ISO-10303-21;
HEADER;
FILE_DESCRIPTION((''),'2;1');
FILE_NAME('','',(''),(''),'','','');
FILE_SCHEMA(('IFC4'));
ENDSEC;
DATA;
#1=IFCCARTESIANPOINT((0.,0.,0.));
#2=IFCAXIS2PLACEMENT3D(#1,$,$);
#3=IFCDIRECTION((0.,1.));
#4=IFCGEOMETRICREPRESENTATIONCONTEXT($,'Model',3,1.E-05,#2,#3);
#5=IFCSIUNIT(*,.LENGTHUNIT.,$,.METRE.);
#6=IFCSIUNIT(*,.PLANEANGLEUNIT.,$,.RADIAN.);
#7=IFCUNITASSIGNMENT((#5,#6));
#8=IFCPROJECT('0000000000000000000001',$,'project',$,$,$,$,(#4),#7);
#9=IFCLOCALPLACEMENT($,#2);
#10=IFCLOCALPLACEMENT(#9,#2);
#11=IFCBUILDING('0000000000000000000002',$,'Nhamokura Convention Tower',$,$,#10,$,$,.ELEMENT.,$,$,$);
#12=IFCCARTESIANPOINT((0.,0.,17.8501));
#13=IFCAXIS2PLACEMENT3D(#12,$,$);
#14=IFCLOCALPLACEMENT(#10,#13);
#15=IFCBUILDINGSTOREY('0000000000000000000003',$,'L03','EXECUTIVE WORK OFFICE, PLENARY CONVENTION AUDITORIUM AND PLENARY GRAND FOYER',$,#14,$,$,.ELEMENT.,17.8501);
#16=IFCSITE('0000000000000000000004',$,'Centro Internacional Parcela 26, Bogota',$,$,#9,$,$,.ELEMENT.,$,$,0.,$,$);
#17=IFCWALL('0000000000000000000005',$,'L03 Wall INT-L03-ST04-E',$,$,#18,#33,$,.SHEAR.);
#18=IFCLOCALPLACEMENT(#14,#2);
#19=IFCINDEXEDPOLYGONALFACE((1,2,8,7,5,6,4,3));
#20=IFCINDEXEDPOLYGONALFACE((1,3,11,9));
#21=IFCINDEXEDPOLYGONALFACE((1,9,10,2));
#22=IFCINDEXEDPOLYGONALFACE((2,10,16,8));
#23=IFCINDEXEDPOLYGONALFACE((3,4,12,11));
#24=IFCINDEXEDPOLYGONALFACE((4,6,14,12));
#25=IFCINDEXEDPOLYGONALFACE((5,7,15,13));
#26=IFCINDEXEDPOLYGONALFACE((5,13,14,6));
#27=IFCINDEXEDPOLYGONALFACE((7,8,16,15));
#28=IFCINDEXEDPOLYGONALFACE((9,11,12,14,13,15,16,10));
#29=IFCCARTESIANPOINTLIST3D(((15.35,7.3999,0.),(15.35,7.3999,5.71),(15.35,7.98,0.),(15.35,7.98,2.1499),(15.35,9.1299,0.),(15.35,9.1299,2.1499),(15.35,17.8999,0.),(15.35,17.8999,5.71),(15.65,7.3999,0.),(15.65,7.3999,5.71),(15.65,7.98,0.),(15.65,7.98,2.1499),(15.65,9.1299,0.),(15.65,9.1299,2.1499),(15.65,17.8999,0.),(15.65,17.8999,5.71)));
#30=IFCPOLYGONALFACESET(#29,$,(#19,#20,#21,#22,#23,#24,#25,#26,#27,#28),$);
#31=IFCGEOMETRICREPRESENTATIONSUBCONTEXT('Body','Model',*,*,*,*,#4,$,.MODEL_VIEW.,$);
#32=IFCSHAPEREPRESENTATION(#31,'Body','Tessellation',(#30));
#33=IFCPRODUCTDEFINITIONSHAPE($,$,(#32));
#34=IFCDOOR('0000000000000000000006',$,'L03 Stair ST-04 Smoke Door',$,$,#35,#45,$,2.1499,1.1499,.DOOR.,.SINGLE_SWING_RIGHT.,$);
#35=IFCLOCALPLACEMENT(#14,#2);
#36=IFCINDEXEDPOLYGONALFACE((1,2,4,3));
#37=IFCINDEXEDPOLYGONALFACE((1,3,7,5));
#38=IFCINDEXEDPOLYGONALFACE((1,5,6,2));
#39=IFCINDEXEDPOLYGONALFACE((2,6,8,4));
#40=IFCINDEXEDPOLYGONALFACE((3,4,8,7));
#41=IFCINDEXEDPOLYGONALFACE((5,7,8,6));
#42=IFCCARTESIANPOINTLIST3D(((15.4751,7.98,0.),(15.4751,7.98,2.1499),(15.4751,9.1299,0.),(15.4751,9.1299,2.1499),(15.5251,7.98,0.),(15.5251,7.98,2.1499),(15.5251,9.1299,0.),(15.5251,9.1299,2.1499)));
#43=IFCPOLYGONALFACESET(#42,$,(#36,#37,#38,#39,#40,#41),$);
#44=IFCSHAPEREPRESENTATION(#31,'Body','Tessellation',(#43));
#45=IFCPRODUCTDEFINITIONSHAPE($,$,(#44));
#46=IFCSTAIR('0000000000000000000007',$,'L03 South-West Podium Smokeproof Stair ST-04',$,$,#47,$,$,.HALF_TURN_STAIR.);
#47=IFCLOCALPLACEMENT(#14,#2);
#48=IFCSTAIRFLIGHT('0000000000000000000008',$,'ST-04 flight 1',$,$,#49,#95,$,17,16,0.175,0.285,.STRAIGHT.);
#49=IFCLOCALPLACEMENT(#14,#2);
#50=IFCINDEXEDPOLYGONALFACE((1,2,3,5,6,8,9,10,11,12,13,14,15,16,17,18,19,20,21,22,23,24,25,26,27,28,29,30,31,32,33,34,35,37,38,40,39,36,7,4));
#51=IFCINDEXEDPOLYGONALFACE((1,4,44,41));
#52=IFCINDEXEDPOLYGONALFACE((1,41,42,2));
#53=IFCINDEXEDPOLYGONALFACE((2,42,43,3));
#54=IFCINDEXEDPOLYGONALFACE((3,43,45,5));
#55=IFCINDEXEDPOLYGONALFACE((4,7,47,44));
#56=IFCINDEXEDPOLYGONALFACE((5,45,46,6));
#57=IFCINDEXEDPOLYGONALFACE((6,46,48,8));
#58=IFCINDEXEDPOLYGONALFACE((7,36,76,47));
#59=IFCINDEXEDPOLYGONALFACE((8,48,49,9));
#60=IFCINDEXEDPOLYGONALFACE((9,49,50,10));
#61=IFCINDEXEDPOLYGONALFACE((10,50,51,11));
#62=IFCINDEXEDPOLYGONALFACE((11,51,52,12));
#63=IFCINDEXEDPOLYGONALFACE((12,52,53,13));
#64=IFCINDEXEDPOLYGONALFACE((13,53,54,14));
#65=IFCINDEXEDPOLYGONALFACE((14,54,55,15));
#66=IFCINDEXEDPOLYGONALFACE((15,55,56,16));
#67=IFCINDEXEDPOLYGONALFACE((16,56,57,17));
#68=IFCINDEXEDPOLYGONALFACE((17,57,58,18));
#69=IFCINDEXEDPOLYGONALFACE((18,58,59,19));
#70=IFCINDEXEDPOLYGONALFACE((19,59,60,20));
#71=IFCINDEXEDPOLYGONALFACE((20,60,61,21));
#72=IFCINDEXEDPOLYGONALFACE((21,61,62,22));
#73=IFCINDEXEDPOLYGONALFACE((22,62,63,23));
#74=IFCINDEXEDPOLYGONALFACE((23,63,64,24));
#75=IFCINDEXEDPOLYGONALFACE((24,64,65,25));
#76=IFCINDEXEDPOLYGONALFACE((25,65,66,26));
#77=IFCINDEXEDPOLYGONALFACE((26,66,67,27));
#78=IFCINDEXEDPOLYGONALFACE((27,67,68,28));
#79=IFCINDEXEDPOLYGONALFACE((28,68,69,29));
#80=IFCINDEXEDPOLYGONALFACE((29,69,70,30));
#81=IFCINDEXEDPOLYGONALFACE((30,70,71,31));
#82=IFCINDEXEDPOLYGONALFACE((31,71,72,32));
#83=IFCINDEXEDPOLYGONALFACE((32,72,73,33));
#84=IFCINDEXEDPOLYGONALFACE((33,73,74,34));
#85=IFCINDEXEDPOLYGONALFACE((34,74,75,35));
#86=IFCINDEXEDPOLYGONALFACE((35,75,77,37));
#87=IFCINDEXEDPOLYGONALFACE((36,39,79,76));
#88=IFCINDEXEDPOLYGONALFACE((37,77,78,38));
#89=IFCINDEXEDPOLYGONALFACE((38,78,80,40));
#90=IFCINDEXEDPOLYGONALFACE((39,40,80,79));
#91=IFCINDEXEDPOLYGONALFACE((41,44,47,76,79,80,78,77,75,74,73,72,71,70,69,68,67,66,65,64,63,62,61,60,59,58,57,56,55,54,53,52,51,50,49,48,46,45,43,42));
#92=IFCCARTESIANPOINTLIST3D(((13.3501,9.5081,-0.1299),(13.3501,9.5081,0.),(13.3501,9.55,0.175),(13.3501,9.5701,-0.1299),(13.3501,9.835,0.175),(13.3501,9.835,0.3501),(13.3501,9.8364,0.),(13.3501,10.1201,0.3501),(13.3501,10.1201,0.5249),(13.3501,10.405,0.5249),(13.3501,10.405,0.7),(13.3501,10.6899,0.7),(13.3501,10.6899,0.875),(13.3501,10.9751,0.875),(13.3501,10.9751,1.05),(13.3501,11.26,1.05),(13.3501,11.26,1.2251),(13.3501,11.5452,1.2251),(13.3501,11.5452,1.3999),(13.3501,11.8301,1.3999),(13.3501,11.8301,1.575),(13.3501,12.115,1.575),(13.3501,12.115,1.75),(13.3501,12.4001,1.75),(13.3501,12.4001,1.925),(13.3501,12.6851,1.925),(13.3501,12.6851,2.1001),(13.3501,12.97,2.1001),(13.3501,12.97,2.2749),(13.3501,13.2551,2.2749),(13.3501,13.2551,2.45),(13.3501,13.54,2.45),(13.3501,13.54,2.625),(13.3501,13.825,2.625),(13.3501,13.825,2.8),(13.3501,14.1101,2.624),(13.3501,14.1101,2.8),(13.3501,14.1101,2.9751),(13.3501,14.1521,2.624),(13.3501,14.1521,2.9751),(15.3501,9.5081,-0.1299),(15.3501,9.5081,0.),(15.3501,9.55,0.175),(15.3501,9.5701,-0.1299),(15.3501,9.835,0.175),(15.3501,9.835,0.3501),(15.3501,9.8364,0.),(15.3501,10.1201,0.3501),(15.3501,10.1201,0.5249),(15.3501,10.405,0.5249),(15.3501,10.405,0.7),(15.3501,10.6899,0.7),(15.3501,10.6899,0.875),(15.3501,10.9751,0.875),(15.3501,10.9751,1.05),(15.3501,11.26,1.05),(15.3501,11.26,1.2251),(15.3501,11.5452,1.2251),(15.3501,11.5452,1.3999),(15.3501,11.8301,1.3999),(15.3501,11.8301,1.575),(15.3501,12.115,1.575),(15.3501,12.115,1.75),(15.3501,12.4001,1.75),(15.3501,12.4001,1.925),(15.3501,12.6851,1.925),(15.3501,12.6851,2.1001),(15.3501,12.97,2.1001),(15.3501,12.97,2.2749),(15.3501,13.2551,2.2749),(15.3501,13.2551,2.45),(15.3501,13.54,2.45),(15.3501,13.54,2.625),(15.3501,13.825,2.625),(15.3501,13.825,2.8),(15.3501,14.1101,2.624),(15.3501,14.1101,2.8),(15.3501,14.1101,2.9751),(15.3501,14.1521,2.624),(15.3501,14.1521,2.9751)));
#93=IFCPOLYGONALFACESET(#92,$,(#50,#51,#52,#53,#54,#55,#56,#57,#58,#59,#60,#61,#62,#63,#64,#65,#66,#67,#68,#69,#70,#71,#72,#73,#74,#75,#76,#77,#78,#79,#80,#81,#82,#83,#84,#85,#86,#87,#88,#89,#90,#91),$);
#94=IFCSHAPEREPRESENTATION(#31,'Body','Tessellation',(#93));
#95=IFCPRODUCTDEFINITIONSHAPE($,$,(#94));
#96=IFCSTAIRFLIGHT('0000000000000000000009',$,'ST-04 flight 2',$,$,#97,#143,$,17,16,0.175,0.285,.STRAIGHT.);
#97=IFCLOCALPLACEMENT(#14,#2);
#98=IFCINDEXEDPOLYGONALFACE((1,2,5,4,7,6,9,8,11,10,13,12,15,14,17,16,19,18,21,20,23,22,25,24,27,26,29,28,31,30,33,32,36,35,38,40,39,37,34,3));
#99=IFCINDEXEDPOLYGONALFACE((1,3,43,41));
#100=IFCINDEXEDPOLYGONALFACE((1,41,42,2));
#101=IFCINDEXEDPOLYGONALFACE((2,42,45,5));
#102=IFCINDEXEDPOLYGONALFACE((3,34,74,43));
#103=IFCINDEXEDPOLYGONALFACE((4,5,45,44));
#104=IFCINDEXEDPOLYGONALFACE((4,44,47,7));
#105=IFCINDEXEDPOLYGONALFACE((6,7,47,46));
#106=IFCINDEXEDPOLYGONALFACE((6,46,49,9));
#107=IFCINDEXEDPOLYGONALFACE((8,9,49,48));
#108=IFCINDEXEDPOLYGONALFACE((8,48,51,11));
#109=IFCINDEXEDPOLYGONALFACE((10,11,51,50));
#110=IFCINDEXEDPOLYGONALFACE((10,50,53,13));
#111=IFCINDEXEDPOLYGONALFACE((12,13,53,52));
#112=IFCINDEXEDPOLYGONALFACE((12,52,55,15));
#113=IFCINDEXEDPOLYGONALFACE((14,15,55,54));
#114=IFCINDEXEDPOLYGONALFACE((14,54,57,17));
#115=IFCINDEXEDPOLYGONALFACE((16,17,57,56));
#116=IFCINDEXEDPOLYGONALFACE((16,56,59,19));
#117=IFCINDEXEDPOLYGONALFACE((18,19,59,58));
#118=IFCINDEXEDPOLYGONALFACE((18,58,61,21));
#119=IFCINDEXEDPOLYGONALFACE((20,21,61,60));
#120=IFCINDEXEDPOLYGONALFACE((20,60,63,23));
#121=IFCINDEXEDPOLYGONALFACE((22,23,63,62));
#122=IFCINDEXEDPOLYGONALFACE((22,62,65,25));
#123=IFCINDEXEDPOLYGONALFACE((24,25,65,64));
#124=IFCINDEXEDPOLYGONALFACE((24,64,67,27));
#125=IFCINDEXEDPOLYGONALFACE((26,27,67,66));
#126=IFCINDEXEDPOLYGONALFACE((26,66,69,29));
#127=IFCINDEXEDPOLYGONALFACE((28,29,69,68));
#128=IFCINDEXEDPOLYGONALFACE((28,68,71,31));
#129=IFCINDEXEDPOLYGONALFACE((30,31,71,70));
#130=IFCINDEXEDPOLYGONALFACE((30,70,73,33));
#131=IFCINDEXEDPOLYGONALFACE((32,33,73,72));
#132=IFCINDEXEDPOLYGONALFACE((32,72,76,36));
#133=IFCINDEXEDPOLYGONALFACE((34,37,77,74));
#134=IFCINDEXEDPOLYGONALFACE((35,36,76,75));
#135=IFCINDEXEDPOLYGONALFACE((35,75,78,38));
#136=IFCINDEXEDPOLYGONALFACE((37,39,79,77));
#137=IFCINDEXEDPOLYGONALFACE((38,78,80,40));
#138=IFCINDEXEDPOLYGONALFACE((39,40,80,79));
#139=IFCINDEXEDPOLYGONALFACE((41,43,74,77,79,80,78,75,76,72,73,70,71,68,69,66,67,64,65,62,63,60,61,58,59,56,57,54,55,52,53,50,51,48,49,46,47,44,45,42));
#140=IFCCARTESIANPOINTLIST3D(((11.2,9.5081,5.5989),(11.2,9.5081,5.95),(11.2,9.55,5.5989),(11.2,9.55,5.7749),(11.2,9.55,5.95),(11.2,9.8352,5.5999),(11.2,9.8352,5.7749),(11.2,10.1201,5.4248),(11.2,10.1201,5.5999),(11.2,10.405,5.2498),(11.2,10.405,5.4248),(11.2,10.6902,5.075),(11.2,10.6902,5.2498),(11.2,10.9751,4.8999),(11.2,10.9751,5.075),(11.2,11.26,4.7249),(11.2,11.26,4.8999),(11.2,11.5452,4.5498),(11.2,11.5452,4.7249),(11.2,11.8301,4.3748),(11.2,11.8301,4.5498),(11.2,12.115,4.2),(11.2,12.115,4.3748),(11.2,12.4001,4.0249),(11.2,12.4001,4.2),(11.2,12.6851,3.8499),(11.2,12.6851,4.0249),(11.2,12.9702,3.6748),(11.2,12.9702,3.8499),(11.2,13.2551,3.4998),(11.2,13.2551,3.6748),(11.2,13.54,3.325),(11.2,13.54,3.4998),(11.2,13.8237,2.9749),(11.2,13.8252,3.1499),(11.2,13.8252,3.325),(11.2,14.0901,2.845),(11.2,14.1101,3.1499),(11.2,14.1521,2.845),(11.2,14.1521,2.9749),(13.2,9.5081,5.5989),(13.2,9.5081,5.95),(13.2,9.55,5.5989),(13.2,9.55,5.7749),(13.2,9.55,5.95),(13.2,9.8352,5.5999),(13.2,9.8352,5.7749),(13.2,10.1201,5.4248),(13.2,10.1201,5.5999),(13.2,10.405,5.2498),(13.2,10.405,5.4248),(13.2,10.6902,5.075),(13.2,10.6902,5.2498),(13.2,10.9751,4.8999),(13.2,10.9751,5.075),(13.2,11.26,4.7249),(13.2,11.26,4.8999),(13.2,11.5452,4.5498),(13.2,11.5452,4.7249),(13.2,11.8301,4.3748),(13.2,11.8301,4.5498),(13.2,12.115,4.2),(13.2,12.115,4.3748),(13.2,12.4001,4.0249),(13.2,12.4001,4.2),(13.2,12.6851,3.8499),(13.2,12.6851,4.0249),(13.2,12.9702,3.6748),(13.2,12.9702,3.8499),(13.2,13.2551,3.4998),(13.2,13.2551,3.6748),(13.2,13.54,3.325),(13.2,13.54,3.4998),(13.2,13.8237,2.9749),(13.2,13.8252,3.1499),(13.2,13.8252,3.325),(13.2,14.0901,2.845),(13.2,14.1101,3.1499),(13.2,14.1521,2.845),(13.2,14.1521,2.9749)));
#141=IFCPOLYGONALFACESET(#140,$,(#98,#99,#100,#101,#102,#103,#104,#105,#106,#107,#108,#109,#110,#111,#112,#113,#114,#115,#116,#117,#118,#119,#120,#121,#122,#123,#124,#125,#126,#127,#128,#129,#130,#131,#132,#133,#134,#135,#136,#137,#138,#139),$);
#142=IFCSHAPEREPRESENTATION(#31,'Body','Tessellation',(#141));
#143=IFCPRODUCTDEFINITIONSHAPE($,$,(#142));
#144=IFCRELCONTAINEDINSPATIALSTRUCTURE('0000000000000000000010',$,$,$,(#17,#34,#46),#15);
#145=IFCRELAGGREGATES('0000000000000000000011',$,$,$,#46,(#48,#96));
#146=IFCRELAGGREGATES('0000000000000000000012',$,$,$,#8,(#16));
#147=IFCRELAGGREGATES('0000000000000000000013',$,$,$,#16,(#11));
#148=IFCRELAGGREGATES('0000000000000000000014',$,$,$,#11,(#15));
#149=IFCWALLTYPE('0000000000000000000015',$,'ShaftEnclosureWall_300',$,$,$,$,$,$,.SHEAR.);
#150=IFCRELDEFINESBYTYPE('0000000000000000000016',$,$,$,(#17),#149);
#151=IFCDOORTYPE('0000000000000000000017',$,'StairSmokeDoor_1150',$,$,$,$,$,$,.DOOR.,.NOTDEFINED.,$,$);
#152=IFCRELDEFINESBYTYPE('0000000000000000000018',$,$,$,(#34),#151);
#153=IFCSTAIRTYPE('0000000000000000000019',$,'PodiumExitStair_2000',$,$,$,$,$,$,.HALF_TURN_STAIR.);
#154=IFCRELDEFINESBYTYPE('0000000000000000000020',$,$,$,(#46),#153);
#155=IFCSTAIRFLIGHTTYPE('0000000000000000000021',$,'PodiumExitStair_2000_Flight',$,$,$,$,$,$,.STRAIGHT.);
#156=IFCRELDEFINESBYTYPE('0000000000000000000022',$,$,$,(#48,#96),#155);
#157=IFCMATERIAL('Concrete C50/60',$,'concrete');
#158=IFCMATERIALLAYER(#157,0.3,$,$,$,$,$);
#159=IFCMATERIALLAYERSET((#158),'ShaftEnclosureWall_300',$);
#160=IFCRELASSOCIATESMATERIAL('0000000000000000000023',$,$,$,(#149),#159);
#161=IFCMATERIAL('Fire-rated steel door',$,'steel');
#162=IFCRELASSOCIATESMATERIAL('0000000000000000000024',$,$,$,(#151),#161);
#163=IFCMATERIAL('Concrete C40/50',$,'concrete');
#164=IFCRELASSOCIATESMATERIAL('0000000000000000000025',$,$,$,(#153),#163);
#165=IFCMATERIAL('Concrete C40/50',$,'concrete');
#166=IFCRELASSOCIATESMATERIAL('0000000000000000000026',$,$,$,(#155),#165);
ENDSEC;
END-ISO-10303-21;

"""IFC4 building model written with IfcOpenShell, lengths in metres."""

from ifc_helpers import new_model, si_unit, direction, frame, frame_2d, origin, place, context, subcontext, project, spatial, polyline, rectangle, outline, extrude, material, layer, layer_set, type_object, element, fill, aggregate, save


model = new_model("IFC4")

# Units and contexts
model_context = context("Model", 3, precision=1e-05, world=origin(), true_north=direction((0.0, 1.0)))
body_context = subcontext(model_context, "Body", "Model", "MODEL_VIEW")
ifc_project = project(units=[si_unit("LENGTHUNIT", "METRE"), si_unit("PLANEANGLEUNIT", "RADIAN")], contexts=[model_context])

# Site, building, storey
site_placement = place(None, origin())
site = spatial("IfcSite", under=ifc_project, at=site_placement, Name="Centro Internacional Parcela 26, Bogota", CompositionType="ELEMENT", RefElevation=0.0)
building_placement = place(site_placement, origin())
building = spatial("IfcBuilding", under=site, at=building_placement, Name="Nhamokura Convention Tower", CompositionType="ELEMENT")
storey_placement = place(building_placement, frame((0.0, 0.0, 17.8501)))
storey = spatial("IfcBuildingStorey", under=building, at=storey_placement, Name="L03", Description="EXECUTIVE WORK OFFICE, PLENARY CONVENTION AUDITORIUM AND PLENARY GRAND FOYER", CompositionType="ELEMENT", Elevation=17.8501)

# Wall, opening, door
ifc_material_1 = material(Name="Concrete C50/60", Category="concrete")
ifc_layer_1 = layer(ifc_material_1, 0.3)
ifc_layer_set_1 = layer_set([ifc_layer_1], Name="ShaftEnclosureWall_300")
wall_type_1 = type_object("IfcWallType", Name="ShaftEnclosureWall_300", PredefinedType="SHEAR", material=ifc_layer_set_1)
wall_1_placement = place(storey_placement, frame((15.5, 7.3999, 0.0), z_axis=(0.0, 0.0, 1.0), x_axis=(0.0, 1.0, 0.0)))
wall_1 = element("IfcWall", 1, at=wall_1_placement, inside=storey, type_object=wall_type_1, Name="L03 Wall INT-L03-ST04-E", PredefinedType="SHEAR", context=body_context, shape_type="SweptSolid", body=[
    extrude(rectangle(XDim=10.5, YDim=0.3, at=frame_2d((5.25, 0.0))), origin(), (0.0, 0.0, 1.0), 5.71),
])
opening_1_placement = place(wall_1_placement, frame((0.5801, 0.0, 0.0)))
opening_1 = element("IfcOpeningElement", 2, at=opening_1_placement, cuts=wall_1, PredefinedType="OPENING", context=body_context, shape_type="SweptSolid", body=[
    extrude(rectangle(XDim=1.1499, YDim=2.1499, at=frame_2d((0.575, 1.075))), frame((0.0, 0.1599, 0.0), z_axis=(0.0, -1.0, 0.0), x_axis=(1.0, 0.0, 0.0)), (0.0, 0.0, 1.0), 0.3201),
])
ifc_material_2 = material(Name="Fire-rated steel door", Category="steel")
door_type_1 = type_object("IfcDoorType", Name="StairSmokeDoor_1150", OperationType="NOTDEFINED", PredefinedType="DOOR", material=ifc_material_2)
door_1_placement = place(opening_1_placement, origin())
door_1 = element("IfcDoor", 3, at=door_1_placement, inside=storey, type_object=door_type_1, Name="L03 Stair ST-04 Smoke Door", OperationType="SINGLE_SWING_RIGHT", OverallHeight=2.1499, OverallWidth=1.1499, PredefinedType="DOOR", context=body_context, shape_type="SweptSolid", body=[
    extrude(rectangle(XDim=1.1499, YDim=2.1499, at=frame_2d((0.575, 1.075))), frame((0.0, 0.0249, 0.0), z_axis=(0.0, -1.0, 0.0), x_axis=(1.0, 0.0, 0.0)), (0.0, 0.0, 1.0), 0.05),
])
fill(opening_1, door_1)

# Stair, stair flights
ifc_material_3 = material(Name="Concrete C40/50", Category="concrete")
stair_type = type_object("IfcStairType", Name="PodiumExitStair_2000", PredefinedType="HALF_TURN_STAIR", material=ifc_material_3)
stair_placement = place(storey_placement, origin())
stair = element("IfcStair", 4, at=stair_placement, inside=storey, type_object=stair_type, Name="L03 South-West Podium Smokeproof Stair ST-04", PredefinedType="HALF_TURN_STAIR")
ifc_material_4 = material(Name="Concrete C40/50", Category="concrete")
stair_flight_type = type_object("IfcStairFlightType", Name="PodiumExitStair_2000_Flight", PredefinedType="STRAIGHT", material=ifc_material_4)
stair_flight_1_placement = place(storey_placement, frame((14.3501, 9.55, 0.0), z_axis=(0.0, 0.0, 1.0), x_axis=(0.0, 1.0, 0.0)))
stair_flight_1 = element("IfcStairFlight", 5, at=stair_flight_1_placement, type_object=stair_flight_type, Name="ST-04 flight 1", NumberOfRisers=17, NumberOfTreads=16, PredefinedType="STRAIGHT", RiserHeight=0.175, TreadLength=0.285, context=body_context, shape_type="SweptSolid", body=[
    extrude(outline(polyline([(-0.042, 0.0), (0.0, 0.175), (0.2849, 0.175), (0.2849, 0.3501), (0.5701, 0.3501), (0.5701, 0.5249), (0.855, 0.5249), (0.855, 0.7), (1.1399, 0.7), (1.1399, 0.875), (1.425, 0.875), (1.425, 1.05), (1.71, 1.05), (1.71, 1.2251), (1.9951, 1.2251), (1.9951, 1.3999), (2.28, 1.3999), (2.28, 1.575), (2.5649, 1.575), (2.5649, 1.75), (2.8501, 1.75), (2.8501, 1.925), (3.135, 1.925), (3.135, 2.1001), (3.4199, 2.1001), (3.4199, 2.2749), (3.7051, 2.2749), (3.7051, 2.45), (3.99, 2.45), (3.99, 2.625), (4.2749, 2.625), (4.2749, 2.8), (4.5601, 2.8), (4.5601, 2.9751), (4.6021, 2.9751), (4.6021, 2.624), (4.5601, 2.624), (0.2864, 0.0), (0.02, -0.1299), (-0.042, -0.1299), (-0.042, 0.0)])), frame((0.0, 1.0, 0.0), z_axis=(0.0, -1.0, 0.0), x_axis=(1.0, 0.0, 0.0)), (0.0, 0.0, 1.0), 2.0),
])
stair_flight_2_placement = place(storey_placement, frame((12.2, 14.1101, 2.9749), z_axis=(0.0, 0.0, 1.0), x_axis=(0.0, -1.0, 0.0)))
stair_flight_2 = element("IfcStairFlight", 6, at=stair_flight_2_placement, type_object=stair_flight_type, Name="ST-04 flight 2", NumberOfRisers=17, NumberOfTreads=16, PredefinedType="STRAIGHT", RiserHeight=0.175, TreadLength=0.285, context=body_context, shape_type="SweptSolid", body=[
    extrude(outline(polyline([(-0.042, 0.0), (0.0, 0.175), (0.2849, 0.175), (0.2849, 0.3501), (0.5701, 0.3501), (0.5701, 0.5249), (0.855, 0.5249), (0.855, 0.7), (1.1399, 0.7), (1.1399, 0.875), (1.425, 0.875), (1.425, 1.05), (1.71, 1.05), (1.71, 1.2251), (1.9951, 1.2251), (1.9951, 1.3999), (2.28, 1.3999), (2.28, 1.575), (2.5649, 1.575), (2.5649, 1.75), (2.8501, 1.75), (2.8501, 1.925), (3.135, 1.925), (3.135, 2.1001), (3.4199, 2.1001), (3.4199, 2.2749), (3.7051, 2.2749), (3.7051, 2.45), (3.99, 2.45), (3.99, 2.625), (4.2749, 2.625), (4.2749, 2.8), (4.5601, 2.8), (4.5601, 2.9751), (4.6021, 2.9751), (4.6021, 2.624), (4.5601, 2.624), (0.2864, 0.0), (0.02, -0.1299), (-0.042, -0.1299), (-0.042, 0.0)])), frame((0.0, 1.0, 0.0), z_axis=(0.0, -1.0, 0.0), x_axis=(1.0, 0.0, 0.0)), (0.0, 0.0, 1.0), 2.0),
])
aggregate(stair, [stair_flight_1, stair_flight_2])

save(model, "model.ifc")
